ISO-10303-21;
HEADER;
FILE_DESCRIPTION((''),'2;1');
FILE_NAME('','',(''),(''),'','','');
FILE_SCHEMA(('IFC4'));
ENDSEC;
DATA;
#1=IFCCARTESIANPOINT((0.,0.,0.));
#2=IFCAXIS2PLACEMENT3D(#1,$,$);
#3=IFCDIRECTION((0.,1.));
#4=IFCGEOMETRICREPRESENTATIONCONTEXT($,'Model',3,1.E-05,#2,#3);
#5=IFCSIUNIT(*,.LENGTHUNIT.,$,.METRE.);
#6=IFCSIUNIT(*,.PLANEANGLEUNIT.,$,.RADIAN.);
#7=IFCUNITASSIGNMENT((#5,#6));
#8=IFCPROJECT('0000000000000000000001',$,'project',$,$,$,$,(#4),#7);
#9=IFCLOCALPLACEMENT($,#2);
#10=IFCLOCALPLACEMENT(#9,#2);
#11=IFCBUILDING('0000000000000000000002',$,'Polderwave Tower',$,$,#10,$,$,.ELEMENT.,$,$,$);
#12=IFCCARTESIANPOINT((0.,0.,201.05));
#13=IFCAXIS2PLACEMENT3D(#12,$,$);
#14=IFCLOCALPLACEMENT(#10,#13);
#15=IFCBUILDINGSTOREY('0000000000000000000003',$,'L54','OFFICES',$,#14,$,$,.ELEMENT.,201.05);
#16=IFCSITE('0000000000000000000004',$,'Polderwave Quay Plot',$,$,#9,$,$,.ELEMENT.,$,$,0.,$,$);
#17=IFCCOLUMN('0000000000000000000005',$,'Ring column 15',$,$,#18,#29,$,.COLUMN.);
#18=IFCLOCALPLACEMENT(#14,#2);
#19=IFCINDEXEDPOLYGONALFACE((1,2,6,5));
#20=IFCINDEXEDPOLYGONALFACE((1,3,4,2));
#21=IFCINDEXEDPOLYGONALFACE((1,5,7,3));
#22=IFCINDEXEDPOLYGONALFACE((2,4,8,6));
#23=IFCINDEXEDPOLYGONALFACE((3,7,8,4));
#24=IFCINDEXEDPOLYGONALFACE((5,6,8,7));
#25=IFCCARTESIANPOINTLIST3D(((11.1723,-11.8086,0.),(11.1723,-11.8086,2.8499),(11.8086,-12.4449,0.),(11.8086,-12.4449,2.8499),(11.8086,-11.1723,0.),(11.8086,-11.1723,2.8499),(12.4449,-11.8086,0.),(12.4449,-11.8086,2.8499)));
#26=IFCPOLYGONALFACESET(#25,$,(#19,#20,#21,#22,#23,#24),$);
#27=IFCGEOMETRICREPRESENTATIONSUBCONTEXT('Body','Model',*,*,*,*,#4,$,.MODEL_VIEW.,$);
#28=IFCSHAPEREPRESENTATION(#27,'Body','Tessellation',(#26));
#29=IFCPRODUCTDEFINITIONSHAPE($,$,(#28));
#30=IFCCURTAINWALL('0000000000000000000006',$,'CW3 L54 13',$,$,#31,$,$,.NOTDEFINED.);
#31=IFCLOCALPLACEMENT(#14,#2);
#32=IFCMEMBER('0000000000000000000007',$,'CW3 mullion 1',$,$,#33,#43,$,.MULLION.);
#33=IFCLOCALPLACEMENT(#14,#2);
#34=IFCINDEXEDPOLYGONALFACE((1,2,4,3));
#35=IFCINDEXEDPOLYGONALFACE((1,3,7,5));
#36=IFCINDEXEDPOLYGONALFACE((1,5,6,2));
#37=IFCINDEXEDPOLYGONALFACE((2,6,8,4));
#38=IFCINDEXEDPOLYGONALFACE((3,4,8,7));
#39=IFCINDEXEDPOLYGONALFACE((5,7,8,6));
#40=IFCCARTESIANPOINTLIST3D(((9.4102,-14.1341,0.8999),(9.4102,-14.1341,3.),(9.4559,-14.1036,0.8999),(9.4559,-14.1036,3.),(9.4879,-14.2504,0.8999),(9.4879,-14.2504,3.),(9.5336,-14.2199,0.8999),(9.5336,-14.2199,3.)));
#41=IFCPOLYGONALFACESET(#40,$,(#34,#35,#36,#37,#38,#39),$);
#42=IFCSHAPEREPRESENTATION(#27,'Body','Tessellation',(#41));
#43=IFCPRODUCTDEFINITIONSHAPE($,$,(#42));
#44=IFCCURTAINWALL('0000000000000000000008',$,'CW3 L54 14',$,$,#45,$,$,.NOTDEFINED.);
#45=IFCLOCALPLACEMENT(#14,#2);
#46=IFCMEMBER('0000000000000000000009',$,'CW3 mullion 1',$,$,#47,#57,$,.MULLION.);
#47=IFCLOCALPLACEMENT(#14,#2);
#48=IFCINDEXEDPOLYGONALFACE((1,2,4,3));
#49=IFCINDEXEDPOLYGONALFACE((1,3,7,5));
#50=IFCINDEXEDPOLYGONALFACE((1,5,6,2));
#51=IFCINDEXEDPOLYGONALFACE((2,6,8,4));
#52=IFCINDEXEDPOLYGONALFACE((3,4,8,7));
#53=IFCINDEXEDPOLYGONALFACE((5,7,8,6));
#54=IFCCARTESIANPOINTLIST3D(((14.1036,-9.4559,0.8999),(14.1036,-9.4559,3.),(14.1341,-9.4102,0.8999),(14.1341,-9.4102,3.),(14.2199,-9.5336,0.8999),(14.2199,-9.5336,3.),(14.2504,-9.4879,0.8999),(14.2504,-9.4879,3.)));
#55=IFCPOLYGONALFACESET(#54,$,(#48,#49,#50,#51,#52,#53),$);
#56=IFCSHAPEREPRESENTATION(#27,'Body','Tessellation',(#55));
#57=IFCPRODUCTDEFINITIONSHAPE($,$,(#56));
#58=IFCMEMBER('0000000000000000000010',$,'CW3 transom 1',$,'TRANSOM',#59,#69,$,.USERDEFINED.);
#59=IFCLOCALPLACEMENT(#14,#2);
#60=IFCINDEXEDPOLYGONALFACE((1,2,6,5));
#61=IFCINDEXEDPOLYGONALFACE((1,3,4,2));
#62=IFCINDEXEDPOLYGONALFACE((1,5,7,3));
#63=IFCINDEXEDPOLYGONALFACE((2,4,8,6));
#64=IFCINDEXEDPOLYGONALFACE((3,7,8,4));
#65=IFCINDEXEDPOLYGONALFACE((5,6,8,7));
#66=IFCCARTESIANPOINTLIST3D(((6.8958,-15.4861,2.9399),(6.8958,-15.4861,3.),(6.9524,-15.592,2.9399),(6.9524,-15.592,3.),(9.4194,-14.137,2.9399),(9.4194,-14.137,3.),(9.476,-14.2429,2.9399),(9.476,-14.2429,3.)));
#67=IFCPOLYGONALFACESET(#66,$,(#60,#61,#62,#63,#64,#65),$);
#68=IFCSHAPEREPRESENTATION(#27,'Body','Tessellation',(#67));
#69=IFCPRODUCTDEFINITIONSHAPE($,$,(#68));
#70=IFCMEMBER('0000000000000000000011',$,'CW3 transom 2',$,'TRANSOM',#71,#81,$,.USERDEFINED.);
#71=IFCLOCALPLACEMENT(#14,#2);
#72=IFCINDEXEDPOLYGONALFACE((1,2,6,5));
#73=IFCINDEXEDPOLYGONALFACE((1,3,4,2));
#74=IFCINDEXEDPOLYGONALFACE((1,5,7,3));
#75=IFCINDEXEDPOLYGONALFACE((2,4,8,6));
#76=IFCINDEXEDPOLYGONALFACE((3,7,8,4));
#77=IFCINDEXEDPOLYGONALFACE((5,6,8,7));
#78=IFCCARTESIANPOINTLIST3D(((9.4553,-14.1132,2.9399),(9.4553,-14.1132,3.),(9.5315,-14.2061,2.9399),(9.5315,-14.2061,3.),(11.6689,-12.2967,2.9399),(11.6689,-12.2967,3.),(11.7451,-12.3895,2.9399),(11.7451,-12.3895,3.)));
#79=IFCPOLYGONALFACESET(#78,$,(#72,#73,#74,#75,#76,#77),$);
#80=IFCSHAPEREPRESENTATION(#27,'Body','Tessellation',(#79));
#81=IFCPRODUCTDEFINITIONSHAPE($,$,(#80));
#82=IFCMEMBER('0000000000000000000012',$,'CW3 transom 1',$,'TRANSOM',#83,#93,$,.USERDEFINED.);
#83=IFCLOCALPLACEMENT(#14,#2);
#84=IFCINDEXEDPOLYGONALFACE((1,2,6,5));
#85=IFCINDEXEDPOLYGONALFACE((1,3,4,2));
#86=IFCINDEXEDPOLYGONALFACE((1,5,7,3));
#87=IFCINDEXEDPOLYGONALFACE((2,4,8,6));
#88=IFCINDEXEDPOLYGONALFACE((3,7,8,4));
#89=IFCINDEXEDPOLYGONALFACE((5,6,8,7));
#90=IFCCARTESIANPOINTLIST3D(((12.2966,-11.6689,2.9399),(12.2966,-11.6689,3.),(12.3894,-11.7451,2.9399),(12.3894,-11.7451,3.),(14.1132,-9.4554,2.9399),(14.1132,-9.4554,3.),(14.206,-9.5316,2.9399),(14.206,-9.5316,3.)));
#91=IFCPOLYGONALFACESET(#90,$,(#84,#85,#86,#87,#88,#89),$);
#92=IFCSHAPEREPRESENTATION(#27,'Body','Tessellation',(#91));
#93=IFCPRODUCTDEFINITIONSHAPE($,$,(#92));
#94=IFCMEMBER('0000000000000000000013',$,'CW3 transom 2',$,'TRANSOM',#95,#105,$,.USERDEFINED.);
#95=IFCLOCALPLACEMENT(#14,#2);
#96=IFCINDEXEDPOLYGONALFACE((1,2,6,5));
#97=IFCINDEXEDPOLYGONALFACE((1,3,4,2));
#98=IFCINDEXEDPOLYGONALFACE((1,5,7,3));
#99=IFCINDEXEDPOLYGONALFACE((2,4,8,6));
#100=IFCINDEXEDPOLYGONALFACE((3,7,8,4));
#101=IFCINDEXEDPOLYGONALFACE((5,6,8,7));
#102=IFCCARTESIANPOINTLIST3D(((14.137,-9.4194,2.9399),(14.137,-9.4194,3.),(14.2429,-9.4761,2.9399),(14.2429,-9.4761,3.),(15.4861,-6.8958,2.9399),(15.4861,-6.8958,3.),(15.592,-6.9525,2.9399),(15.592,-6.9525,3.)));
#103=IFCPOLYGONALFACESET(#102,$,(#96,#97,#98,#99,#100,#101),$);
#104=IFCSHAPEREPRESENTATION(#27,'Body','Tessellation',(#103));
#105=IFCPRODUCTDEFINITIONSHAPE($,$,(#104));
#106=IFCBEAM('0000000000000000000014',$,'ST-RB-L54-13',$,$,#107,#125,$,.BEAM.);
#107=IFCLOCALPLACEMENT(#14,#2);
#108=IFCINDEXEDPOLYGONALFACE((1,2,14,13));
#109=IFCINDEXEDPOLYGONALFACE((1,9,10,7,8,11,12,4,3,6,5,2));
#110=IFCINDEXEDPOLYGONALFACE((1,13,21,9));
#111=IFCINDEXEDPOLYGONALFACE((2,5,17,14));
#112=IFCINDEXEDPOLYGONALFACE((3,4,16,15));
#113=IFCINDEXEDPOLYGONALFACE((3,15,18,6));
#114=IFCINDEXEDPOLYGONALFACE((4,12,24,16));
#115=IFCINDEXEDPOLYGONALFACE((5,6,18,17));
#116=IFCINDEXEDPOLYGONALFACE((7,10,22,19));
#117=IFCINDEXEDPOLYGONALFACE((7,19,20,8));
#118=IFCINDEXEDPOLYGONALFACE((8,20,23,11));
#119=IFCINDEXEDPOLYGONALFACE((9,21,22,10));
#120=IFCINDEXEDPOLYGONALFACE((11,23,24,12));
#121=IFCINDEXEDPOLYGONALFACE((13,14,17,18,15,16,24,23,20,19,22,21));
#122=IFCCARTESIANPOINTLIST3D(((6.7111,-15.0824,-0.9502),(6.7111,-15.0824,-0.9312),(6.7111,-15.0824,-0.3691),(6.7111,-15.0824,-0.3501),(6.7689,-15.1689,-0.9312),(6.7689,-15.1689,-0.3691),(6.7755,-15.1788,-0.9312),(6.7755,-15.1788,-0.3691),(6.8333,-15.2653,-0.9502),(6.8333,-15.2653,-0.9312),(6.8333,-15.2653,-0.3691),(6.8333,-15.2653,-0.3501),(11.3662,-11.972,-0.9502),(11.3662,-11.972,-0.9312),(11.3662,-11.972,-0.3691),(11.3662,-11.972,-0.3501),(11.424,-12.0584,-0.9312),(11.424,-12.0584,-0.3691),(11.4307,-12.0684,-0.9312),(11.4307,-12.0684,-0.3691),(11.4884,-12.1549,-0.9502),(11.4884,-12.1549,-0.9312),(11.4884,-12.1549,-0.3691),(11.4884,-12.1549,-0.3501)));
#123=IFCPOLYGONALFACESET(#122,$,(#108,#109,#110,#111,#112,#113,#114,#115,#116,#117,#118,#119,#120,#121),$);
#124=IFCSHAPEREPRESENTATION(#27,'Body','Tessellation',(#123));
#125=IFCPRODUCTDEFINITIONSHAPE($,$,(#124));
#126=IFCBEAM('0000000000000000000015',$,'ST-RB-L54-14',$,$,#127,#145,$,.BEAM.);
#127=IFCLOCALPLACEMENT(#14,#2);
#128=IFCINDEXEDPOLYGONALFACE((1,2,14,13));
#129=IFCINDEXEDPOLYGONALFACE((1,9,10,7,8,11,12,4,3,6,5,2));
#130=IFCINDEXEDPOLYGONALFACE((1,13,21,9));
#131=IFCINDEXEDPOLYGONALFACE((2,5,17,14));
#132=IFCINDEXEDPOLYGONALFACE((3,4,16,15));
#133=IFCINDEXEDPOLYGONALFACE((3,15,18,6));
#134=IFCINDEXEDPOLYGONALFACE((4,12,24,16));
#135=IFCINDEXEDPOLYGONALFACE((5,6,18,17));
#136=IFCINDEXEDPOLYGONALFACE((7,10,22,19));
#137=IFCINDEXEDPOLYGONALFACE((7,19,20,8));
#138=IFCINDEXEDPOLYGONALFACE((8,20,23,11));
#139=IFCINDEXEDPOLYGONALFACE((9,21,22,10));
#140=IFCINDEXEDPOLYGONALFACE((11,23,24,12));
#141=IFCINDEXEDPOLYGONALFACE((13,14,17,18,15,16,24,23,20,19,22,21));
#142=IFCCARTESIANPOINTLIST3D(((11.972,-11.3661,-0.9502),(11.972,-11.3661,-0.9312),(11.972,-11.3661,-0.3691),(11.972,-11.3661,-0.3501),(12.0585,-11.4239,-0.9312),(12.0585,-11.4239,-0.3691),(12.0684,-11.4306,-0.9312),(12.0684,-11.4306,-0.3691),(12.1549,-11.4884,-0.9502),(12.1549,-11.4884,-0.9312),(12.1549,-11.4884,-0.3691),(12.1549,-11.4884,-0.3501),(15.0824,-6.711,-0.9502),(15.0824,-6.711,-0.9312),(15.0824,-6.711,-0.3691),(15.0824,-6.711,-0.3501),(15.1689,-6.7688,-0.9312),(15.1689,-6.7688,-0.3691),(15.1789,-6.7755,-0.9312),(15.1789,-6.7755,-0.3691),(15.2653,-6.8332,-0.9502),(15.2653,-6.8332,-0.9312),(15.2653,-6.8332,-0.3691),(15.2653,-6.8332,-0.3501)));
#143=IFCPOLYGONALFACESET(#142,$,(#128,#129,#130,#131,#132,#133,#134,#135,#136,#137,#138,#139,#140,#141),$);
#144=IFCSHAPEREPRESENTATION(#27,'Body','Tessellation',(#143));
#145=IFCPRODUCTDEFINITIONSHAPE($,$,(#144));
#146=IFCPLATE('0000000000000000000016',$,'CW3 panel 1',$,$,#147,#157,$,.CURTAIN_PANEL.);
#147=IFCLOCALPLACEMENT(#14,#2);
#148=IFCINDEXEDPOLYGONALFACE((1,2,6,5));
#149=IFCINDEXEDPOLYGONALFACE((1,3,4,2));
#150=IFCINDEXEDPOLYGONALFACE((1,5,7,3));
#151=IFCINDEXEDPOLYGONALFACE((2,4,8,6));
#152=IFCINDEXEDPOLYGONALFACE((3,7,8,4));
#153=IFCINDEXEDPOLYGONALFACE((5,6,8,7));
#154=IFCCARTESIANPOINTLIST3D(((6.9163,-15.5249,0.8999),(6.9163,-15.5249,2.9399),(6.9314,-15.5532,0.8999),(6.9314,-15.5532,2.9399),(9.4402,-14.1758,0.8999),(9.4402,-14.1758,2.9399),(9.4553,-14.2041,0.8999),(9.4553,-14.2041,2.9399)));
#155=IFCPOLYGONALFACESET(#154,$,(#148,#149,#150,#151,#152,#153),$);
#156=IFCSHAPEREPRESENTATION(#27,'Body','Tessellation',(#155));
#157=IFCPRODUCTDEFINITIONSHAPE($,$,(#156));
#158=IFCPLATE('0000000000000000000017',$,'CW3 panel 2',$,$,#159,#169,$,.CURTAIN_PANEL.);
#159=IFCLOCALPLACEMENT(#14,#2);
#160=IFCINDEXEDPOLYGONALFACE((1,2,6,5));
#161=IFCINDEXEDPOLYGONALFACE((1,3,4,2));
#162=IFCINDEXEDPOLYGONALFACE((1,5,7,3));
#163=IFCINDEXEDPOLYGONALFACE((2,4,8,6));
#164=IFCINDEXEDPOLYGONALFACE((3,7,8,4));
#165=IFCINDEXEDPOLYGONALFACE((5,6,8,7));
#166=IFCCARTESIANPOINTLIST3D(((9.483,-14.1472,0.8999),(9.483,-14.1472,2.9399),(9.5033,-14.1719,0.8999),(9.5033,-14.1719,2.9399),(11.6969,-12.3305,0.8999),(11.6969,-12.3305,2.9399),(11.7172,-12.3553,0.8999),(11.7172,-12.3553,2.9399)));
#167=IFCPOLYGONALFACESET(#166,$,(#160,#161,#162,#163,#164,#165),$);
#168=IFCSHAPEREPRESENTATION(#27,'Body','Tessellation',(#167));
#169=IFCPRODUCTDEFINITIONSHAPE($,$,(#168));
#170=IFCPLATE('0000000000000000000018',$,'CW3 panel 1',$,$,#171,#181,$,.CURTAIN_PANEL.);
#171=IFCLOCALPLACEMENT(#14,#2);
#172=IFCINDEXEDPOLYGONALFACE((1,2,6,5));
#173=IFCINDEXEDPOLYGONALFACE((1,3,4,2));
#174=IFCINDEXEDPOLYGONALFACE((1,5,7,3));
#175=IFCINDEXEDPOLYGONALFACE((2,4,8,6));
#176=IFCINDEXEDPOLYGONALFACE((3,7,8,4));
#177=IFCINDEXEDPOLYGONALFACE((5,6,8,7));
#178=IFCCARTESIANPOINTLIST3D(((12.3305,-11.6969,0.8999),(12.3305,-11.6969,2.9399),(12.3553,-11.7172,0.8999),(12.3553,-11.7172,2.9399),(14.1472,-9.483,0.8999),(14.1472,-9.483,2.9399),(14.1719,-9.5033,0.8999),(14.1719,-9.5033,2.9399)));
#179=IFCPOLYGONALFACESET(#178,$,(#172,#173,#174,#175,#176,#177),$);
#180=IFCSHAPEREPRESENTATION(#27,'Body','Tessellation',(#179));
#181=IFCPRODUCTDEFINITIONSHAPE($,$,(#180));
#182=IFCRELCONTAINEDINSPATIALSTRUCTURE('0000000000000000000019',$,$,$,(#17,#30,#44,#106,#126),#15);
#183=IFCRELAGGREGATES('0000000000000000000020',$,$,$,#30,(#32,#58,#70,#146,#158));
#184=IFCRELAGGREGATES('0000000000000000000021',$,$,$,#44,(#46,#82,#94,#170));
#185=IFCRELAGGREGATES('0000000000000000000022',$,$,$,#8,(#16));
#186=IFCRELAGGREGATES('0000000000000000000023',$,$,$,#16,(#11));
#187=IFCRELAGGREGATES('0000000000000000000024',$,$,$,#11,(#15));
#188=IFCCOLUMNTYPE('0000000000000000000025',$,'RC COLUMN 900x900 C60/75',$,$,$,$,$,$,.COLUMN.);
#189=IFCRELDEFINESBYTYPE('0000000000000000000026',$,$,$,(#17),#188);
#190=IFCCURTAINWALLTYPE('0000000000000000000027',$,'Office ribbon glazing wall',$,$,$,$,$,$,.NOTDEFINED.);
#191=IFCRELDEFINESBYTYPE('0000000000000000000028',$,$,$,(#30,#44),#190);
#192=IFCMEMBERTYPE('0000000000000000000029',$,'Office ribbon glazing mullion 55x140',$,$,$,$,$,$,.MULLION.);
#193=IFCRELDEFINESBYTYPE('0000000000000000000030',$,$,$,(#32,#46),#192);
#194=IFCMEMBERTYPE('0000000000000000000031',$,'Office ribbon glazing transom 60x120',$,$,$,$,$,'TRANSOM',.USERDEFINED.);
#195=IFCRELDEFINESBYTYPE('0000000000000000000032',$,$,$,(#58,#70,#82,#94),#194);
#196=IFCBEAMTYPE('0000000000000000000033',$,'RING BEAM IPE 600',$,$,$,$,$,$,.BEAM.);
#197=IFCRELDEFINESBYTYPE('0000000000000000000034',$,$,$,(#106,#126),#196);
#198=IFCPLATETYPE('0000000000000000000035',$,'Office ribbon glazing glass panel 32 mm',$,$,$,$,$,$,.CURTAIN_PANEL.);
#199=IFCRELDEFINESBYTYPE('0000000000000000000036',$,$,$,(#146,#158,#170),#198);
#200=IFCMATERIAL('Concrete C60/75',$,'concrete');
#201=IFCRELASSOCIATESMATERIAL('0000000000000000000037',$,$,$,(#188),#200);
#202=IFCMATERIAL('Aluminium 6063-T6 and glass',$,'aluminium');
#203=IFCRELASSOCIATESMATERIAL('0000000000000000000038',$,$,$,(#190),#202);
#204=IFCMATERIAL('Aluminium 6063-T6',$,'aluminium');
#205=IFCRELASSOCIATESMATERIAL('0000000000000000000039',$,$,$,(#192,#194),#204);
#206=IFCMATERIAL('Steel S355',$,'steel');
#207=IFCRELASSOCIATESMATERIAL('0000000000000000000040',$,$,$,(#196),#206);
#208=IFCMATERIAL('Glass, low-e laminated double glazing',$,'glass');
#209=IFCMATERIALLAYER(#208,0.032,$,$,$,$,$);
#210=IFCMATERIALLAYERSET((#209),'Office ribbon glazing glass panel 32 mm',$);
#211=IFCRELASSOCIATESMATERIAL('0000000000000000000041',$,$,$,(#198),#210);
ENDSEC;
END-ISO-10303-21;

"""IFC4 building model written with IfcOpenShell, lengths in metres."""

from ifc_helpers import new_model, si_unit, direction, frame, origin, origin_2d, place, context, subcontext, project, spatial, rectangle, i_section, extrude, material, layer, layer_set, material_profile, profile_set, type_object, element, aggregate, save


model = new_model("IFC4")

# Units and contexts
model_context = context("Model", 3, precision=1e-05, world=origin(), true_north=direction((0.0, 1.0)))
body_context = subcontext(model_context, "Body", "Model", "MODEL_VIEW")
ifc_project = project(units=[si_unit("LENGTHUNIT", "METRE"), si_unit("PLANEANGLEUNIT", "RADIAN")], contexts=[model_context])

# Site, building, storey
site_placement = place(None, origin())
site = spatial("IfcSite", under=ifc_project, at=site_placement, Name="Polderwave Quay Plot", CompositionType="ELEMENT", RefElevation=0.0)
building_placement = place(site_placement, origin())
building = spatial("IfcBuilding", under=site, at=building_placement, Name="Polderwave Tower", CompositionType="ELEMENT")
storey_placement = place(building_placement, frame((0.0, 0.0, 201.05)))
storey = spatial("IfcBuildingStorey", under=building, at=storey_placement, Name="L54", Description="OFFICES", CompositionType="ELEMENT", Elevation=201.05)

# Column
ifc_material_1 = material(Name="Concrete C60/75", Category="concrete")
ifc_material_profile_1 = material_profile(ifc_material_1, rectangle(XDim=0.8999, YDim=0.8999, at=origin_2d()), Name="RC 900x900")
ifc_profile_set_1 = profile_set([ifc_material_profile_1], Name="Concrete C60/75")
column_type = type_object("IfcColumnType", Name="RC COLUMN 900x900 C60/75", PredefinedType="COLUMN", material=ifc_profile_set_1)
column_placement = place(storey_placement, frame((11.8086, -11.8086, 0.0), z_axis=(0.0, 0.0, 1.0), x_axis=(0.707107, -0.707107, 0.0)))
element("IfcColumn", 1, at=column_placement, inside=storey, type_object=column_type, Name="Ring column 15", PredefinedType="COLUMN", context=body_context, shape_type="SweptSolid", body=[
    extrude(rectangle(XDim=0.8999, YDim=0.8999, at=origin_2d()), origin(), (0.0, 0.0, 1.0), 2.8499),
])

# Curtain walls, members
ifc_material_2 = material(Name="Aluminium 6063-T6 and glass", Category="aluminium")
curtain_wall_type = type_object("IfcCurtainWallType", Name="Office ribbon glazing wall", PredefinedType="NOTDEFINED", material=ifc_material_2)
curtain_wall_1_placement = place(storey_placement, origin())
curtain_wall_1 = element("IfcCurtainWall", 2, at=curtain_wall_1_placement, inside=storey, type_object=curtain_wall_type, Name="CW3 L54 13", PredefinedType="NOTDEFINED")
ifc_material_3 = material(Name="Aluminium 6063-T6", Category="aluminium")
ifc_material_profile_2 = material_profile(ifc_material_3, rectangle(XDim=0.1399, YDim=0.0549, at=origin_2d()), Name="AL 55x140")
ifc_profile_set_2 = profile_set([ifc_material_profile_2], Name="Aluminium 6063-T6")
member_type_1 = type_object("IfcMemberType", Name="Office ribbon glazing mullion 55x140", PredefinedType="MULLION", material=ifc_profile_set_2)
member_1_placement = place(storey_placement, frame((9.4719, -14.177, 0.8999), z_axis=(0.0, 0.0, 1.0), x_axis=(-0.555554, 0.83148, 0.0)))
member_1 = element("IfcMember", 3, at=member_1_placement, type_object=member_type_1, Name="CW3 mullion 1", PredefinedType="MULLION", context=body_context, shape_type="SweptSolid", body=[
    extrude(rectangle(XDim=0.1399, YDim=0.0549, at=origin_2d()), origin(), (0.0, 0.0, 1.0), 2.1001),
])
curtain_wall_2_placement = place(storey_placement, origin())
curtain_wall_2 = element("IfcCurtainWall", 4, at=curtain_wall_2_placement, inside=storey, type_object=curtain_wall_type, Name="CW3 L54 14", PredefinedType="NOTDEFINED")
member_2_placement = place(storey_placement, frame((14.177, -9.4719, 0.8999), z_axis=(0.0, 0.0, 1.0), x_axis=(-0.83148, 0.555554, 0.0)))
member_2 = element("IfcMember", 5, at=member_2_placement, type_object=member_type_1, Name="CW3 mullion 1", PredefinedType="MULLION", context=body_context, shape_type="SweptSolid", body=[
    extrude(rectangle(XDim=0.1399, YDim=0.0549, at=origin_2d()), origin(), (0.0, 0.0, 1.0), 2.1001),
])

# Members
ifc_material_profile_3 = material_profile(ifc_material_3, rectangle(XDim=0.1201, YDim=0.0601, at=origin_2d()), Name="AL 60x120")
ifc_profile_set_3 = profile_set([ifc_material_profile_3], Name="Aluminium 6063-T6")
member_type_2 = type_object("IfcMemberType", Name="Office ribbon glazing transom 60x120", ElementType="TRANSOM", PredefinedType="USERDEFINED", material=ifc_profile_set_3)
member_3_placement = place(storey_placement, frame((6.9241, -15.5391, 2.97), z_axis=(0.881894, 0.471447, 0.0), x_axis=(-0.471447, 0.881894, 0.0)))
member_3 = element("IfcMember", 6, at=member_3_placement, type_object=member_type_2, Name="CW3 transom 1", ObjectType="TRANSOM", PredefinedType="USERDEFINED", context=body_context, shape_type="SweptSolid", body=[
    extrude(rectangle(XDim=0.1201, YDim=0.0601, at=origin_2d()), origin(), (0.0, 0.0, 1.0), 2.8616),
])
member_4_placement = place(storey_placement, frame((9.4934, -14.1597, 2.97), z_axis=(0.773014, 0.634388, 0.0), x_axis=(-0.634388, 0.773014, 0.0)))
member_4 = element("IfcMember", 7, at=member_4_placement, type_object=member_type_2, Name="CW3 transom 2", ObjectType="TRANSOM", PredefinedType="USERDEFINED", context=body_context, shape_type="SweptSolid", body=[
    extrude(rectangle(XDim=0.1201, YDim=0.0601, at=origin_2d()), origin(), (0.0, 0.0, 1.0), 2.8635),
])
member_5_placement = place(storey_placement, frame((12.343, -11.707, 2.97), z_axis=(0.634388, 0.773014, 0.0), x_axis=(-0.773014, 0.634388, 0.0)))
member_5 = element("IfcMember", 8, at=member_5_placement, type_object=member_type_2, Name="CW3 transom 1", ObjectType="TRANSOM", PredefinedType="USERDEFINED", context=body_context, shape_type="SweptSolid", body=[
    extrude(rectangle(XDim=0.1201, YDim=0.0601, at=origin_2d()), origin(), (0.0, 0.0, 1.0), 2.8635),
])
member_6_placement = place(storey_placement, frame((14.1899, -9.4478, 2.97), z_axis=(0.471447, 0.881894, 0.0), x_axis=(-0.881894, 0.471447, 0.0)))
member_6 = element("IfcMember", 9, at=member_6_placement, type_object=member_type_2, Name="CW3 transom 2", ObjectType="TRANSOM", PredefinedType="USERDEFINED", context=body_context, shape_type="SweptSolid", body=[
    extrude(rectangle(XDim=0.1201, YDim=0.0601, at=origin_2d()), origin(), (0.0, 0.0, 1.0), 2.8616),
])

# Beams
ifc_material_4 = material(Name="Steel S355", Category="steel")
ifc_material_profile_4 = material_profile(ifc_material_4, i_section(OverallWidth=0.22, OverallDepth=0.6001, WebThickness=0.012, FlangeThickness=0.019, at=origin_2d()), Name="IPE 600")
ifc_profile_set_4 = profile_set([ifc_material_profile_4], Name="Steel S355")
beam_type = type_object("IfcBeamType", Name="RING BEAM IPE 600", PredefinedType="BEAM", material=ifc_profile_set_4)
for number, where, z_axis, x_axis, name in (
    (10, (6.7722, -15.1738, -0.6501), (0.831473, 0.555565, 0.0), (-0.555565, 0.831473, 0.0), "ST-RB-L54-13"),
    (11, (12.0635, -11.4272, -0.6501), (0.555565, 0.831473, 0.0), (-0.831473, 0.555565, 0.0), "ST-RB-L54-14"),
):
    element("IfcBeam", number, at=place(storey_placement, frame(where, z_axis=z_axis, x_axis=x_axis)), inside=storey, type_object=beam_type, Name=name, PredefinedType="BEAM", context=body_context, shape_type="SweptSolid", body=[
        extrude(i_section(OverallWidth=0.22, OverallDepth=0.6001, WebThickness=0.012, FlangeThickness=0.019, at=origin_2d()), origin(), (0.0, 0.0, 1.0), 5.5986),
    ])

# Plates
ifc_material_5 = material(Name="Glass, low-e laminated double glazing", Category="glass")
ifc_layer_1 = layer(ifc_material_5, 0.032)
ifc_layer_set_1 = layer_set([ifc_layer_1], Name="Office ribbon glazing glass panel 32 mm")
plate_type = type_object("IfcPlateType", Name="Office ribbon glazing glass panel 32 mm", PredefinedType="CURTAIN_PANEL", material=ifc_layer_set_1)
plate_1_placement = place(storey_placement, frame((8.1858, -14.8645, 0.8999), z_axis=(0.0, 0.0, 1.0), x_axis=(0.881912, 0.471414, 0.0)))
plate_1 = element("IfcPlate", 12, at=plate_1_placement, type_object=plate_type, Name="CW3 panel 1", PredefinedType="CURTAIN_PANEL", context=body_context, shape_type="SweptSolid", body=[
    extrude(rectangle(XDim=2.8618, YDim=0.032, at=origin_2d()), origin(), (0.0, 0.0, 1.0), 2.04),
])
plate_2_placement = place(storey_placement, frame((10.6001, -13.2512, 0.8999), z_axis=(0.0, 0.0, 1.0), x_axis=(0.773047, 0.634349, 0.0)))
plate_2 = element("IfcPlate", 13, at=plate_2_placement, type_object=plate_type, Name="CW3 panel 2", PredefinedType="CURTAIN_PANEL", context=body_context, shape_type="SweptSolid", body=[
    extrude(rectangle(XDim=2.8638, YDim=0.032, at=origin_2d()), origin(), (0.0, 0.0, 1.0), 2.04),
])
aggregate(curtain_wall_1, [member_1, member_3, member_4, plate_1, plate_2])
plate_3_placement = place(storey_placement, frame((13.2512, -10.6001, 0.8999), z_axis=(0.0, 0.0, 1.0), x_axis=(0.634349, 0.773047, 0.0)))
plate_3 = element("IfcPlate", 14, at=plate_3_placement, type_object=plate_type, Name="CW3 panel 1", PredefinedType="CURTAIN_PANEL", context=body_context, shape_type="SweptSolid", body=[
    extrude(rectangle(XDim=2.8638, YDim=0.032, at=origin_2d()), origin(), (0.0, 0.0, 1.0), 2.04),
])
aggregate(curtain_wall_2, [member_2, member_5, member_6, plate_3])

save(model, "model.ifc")
